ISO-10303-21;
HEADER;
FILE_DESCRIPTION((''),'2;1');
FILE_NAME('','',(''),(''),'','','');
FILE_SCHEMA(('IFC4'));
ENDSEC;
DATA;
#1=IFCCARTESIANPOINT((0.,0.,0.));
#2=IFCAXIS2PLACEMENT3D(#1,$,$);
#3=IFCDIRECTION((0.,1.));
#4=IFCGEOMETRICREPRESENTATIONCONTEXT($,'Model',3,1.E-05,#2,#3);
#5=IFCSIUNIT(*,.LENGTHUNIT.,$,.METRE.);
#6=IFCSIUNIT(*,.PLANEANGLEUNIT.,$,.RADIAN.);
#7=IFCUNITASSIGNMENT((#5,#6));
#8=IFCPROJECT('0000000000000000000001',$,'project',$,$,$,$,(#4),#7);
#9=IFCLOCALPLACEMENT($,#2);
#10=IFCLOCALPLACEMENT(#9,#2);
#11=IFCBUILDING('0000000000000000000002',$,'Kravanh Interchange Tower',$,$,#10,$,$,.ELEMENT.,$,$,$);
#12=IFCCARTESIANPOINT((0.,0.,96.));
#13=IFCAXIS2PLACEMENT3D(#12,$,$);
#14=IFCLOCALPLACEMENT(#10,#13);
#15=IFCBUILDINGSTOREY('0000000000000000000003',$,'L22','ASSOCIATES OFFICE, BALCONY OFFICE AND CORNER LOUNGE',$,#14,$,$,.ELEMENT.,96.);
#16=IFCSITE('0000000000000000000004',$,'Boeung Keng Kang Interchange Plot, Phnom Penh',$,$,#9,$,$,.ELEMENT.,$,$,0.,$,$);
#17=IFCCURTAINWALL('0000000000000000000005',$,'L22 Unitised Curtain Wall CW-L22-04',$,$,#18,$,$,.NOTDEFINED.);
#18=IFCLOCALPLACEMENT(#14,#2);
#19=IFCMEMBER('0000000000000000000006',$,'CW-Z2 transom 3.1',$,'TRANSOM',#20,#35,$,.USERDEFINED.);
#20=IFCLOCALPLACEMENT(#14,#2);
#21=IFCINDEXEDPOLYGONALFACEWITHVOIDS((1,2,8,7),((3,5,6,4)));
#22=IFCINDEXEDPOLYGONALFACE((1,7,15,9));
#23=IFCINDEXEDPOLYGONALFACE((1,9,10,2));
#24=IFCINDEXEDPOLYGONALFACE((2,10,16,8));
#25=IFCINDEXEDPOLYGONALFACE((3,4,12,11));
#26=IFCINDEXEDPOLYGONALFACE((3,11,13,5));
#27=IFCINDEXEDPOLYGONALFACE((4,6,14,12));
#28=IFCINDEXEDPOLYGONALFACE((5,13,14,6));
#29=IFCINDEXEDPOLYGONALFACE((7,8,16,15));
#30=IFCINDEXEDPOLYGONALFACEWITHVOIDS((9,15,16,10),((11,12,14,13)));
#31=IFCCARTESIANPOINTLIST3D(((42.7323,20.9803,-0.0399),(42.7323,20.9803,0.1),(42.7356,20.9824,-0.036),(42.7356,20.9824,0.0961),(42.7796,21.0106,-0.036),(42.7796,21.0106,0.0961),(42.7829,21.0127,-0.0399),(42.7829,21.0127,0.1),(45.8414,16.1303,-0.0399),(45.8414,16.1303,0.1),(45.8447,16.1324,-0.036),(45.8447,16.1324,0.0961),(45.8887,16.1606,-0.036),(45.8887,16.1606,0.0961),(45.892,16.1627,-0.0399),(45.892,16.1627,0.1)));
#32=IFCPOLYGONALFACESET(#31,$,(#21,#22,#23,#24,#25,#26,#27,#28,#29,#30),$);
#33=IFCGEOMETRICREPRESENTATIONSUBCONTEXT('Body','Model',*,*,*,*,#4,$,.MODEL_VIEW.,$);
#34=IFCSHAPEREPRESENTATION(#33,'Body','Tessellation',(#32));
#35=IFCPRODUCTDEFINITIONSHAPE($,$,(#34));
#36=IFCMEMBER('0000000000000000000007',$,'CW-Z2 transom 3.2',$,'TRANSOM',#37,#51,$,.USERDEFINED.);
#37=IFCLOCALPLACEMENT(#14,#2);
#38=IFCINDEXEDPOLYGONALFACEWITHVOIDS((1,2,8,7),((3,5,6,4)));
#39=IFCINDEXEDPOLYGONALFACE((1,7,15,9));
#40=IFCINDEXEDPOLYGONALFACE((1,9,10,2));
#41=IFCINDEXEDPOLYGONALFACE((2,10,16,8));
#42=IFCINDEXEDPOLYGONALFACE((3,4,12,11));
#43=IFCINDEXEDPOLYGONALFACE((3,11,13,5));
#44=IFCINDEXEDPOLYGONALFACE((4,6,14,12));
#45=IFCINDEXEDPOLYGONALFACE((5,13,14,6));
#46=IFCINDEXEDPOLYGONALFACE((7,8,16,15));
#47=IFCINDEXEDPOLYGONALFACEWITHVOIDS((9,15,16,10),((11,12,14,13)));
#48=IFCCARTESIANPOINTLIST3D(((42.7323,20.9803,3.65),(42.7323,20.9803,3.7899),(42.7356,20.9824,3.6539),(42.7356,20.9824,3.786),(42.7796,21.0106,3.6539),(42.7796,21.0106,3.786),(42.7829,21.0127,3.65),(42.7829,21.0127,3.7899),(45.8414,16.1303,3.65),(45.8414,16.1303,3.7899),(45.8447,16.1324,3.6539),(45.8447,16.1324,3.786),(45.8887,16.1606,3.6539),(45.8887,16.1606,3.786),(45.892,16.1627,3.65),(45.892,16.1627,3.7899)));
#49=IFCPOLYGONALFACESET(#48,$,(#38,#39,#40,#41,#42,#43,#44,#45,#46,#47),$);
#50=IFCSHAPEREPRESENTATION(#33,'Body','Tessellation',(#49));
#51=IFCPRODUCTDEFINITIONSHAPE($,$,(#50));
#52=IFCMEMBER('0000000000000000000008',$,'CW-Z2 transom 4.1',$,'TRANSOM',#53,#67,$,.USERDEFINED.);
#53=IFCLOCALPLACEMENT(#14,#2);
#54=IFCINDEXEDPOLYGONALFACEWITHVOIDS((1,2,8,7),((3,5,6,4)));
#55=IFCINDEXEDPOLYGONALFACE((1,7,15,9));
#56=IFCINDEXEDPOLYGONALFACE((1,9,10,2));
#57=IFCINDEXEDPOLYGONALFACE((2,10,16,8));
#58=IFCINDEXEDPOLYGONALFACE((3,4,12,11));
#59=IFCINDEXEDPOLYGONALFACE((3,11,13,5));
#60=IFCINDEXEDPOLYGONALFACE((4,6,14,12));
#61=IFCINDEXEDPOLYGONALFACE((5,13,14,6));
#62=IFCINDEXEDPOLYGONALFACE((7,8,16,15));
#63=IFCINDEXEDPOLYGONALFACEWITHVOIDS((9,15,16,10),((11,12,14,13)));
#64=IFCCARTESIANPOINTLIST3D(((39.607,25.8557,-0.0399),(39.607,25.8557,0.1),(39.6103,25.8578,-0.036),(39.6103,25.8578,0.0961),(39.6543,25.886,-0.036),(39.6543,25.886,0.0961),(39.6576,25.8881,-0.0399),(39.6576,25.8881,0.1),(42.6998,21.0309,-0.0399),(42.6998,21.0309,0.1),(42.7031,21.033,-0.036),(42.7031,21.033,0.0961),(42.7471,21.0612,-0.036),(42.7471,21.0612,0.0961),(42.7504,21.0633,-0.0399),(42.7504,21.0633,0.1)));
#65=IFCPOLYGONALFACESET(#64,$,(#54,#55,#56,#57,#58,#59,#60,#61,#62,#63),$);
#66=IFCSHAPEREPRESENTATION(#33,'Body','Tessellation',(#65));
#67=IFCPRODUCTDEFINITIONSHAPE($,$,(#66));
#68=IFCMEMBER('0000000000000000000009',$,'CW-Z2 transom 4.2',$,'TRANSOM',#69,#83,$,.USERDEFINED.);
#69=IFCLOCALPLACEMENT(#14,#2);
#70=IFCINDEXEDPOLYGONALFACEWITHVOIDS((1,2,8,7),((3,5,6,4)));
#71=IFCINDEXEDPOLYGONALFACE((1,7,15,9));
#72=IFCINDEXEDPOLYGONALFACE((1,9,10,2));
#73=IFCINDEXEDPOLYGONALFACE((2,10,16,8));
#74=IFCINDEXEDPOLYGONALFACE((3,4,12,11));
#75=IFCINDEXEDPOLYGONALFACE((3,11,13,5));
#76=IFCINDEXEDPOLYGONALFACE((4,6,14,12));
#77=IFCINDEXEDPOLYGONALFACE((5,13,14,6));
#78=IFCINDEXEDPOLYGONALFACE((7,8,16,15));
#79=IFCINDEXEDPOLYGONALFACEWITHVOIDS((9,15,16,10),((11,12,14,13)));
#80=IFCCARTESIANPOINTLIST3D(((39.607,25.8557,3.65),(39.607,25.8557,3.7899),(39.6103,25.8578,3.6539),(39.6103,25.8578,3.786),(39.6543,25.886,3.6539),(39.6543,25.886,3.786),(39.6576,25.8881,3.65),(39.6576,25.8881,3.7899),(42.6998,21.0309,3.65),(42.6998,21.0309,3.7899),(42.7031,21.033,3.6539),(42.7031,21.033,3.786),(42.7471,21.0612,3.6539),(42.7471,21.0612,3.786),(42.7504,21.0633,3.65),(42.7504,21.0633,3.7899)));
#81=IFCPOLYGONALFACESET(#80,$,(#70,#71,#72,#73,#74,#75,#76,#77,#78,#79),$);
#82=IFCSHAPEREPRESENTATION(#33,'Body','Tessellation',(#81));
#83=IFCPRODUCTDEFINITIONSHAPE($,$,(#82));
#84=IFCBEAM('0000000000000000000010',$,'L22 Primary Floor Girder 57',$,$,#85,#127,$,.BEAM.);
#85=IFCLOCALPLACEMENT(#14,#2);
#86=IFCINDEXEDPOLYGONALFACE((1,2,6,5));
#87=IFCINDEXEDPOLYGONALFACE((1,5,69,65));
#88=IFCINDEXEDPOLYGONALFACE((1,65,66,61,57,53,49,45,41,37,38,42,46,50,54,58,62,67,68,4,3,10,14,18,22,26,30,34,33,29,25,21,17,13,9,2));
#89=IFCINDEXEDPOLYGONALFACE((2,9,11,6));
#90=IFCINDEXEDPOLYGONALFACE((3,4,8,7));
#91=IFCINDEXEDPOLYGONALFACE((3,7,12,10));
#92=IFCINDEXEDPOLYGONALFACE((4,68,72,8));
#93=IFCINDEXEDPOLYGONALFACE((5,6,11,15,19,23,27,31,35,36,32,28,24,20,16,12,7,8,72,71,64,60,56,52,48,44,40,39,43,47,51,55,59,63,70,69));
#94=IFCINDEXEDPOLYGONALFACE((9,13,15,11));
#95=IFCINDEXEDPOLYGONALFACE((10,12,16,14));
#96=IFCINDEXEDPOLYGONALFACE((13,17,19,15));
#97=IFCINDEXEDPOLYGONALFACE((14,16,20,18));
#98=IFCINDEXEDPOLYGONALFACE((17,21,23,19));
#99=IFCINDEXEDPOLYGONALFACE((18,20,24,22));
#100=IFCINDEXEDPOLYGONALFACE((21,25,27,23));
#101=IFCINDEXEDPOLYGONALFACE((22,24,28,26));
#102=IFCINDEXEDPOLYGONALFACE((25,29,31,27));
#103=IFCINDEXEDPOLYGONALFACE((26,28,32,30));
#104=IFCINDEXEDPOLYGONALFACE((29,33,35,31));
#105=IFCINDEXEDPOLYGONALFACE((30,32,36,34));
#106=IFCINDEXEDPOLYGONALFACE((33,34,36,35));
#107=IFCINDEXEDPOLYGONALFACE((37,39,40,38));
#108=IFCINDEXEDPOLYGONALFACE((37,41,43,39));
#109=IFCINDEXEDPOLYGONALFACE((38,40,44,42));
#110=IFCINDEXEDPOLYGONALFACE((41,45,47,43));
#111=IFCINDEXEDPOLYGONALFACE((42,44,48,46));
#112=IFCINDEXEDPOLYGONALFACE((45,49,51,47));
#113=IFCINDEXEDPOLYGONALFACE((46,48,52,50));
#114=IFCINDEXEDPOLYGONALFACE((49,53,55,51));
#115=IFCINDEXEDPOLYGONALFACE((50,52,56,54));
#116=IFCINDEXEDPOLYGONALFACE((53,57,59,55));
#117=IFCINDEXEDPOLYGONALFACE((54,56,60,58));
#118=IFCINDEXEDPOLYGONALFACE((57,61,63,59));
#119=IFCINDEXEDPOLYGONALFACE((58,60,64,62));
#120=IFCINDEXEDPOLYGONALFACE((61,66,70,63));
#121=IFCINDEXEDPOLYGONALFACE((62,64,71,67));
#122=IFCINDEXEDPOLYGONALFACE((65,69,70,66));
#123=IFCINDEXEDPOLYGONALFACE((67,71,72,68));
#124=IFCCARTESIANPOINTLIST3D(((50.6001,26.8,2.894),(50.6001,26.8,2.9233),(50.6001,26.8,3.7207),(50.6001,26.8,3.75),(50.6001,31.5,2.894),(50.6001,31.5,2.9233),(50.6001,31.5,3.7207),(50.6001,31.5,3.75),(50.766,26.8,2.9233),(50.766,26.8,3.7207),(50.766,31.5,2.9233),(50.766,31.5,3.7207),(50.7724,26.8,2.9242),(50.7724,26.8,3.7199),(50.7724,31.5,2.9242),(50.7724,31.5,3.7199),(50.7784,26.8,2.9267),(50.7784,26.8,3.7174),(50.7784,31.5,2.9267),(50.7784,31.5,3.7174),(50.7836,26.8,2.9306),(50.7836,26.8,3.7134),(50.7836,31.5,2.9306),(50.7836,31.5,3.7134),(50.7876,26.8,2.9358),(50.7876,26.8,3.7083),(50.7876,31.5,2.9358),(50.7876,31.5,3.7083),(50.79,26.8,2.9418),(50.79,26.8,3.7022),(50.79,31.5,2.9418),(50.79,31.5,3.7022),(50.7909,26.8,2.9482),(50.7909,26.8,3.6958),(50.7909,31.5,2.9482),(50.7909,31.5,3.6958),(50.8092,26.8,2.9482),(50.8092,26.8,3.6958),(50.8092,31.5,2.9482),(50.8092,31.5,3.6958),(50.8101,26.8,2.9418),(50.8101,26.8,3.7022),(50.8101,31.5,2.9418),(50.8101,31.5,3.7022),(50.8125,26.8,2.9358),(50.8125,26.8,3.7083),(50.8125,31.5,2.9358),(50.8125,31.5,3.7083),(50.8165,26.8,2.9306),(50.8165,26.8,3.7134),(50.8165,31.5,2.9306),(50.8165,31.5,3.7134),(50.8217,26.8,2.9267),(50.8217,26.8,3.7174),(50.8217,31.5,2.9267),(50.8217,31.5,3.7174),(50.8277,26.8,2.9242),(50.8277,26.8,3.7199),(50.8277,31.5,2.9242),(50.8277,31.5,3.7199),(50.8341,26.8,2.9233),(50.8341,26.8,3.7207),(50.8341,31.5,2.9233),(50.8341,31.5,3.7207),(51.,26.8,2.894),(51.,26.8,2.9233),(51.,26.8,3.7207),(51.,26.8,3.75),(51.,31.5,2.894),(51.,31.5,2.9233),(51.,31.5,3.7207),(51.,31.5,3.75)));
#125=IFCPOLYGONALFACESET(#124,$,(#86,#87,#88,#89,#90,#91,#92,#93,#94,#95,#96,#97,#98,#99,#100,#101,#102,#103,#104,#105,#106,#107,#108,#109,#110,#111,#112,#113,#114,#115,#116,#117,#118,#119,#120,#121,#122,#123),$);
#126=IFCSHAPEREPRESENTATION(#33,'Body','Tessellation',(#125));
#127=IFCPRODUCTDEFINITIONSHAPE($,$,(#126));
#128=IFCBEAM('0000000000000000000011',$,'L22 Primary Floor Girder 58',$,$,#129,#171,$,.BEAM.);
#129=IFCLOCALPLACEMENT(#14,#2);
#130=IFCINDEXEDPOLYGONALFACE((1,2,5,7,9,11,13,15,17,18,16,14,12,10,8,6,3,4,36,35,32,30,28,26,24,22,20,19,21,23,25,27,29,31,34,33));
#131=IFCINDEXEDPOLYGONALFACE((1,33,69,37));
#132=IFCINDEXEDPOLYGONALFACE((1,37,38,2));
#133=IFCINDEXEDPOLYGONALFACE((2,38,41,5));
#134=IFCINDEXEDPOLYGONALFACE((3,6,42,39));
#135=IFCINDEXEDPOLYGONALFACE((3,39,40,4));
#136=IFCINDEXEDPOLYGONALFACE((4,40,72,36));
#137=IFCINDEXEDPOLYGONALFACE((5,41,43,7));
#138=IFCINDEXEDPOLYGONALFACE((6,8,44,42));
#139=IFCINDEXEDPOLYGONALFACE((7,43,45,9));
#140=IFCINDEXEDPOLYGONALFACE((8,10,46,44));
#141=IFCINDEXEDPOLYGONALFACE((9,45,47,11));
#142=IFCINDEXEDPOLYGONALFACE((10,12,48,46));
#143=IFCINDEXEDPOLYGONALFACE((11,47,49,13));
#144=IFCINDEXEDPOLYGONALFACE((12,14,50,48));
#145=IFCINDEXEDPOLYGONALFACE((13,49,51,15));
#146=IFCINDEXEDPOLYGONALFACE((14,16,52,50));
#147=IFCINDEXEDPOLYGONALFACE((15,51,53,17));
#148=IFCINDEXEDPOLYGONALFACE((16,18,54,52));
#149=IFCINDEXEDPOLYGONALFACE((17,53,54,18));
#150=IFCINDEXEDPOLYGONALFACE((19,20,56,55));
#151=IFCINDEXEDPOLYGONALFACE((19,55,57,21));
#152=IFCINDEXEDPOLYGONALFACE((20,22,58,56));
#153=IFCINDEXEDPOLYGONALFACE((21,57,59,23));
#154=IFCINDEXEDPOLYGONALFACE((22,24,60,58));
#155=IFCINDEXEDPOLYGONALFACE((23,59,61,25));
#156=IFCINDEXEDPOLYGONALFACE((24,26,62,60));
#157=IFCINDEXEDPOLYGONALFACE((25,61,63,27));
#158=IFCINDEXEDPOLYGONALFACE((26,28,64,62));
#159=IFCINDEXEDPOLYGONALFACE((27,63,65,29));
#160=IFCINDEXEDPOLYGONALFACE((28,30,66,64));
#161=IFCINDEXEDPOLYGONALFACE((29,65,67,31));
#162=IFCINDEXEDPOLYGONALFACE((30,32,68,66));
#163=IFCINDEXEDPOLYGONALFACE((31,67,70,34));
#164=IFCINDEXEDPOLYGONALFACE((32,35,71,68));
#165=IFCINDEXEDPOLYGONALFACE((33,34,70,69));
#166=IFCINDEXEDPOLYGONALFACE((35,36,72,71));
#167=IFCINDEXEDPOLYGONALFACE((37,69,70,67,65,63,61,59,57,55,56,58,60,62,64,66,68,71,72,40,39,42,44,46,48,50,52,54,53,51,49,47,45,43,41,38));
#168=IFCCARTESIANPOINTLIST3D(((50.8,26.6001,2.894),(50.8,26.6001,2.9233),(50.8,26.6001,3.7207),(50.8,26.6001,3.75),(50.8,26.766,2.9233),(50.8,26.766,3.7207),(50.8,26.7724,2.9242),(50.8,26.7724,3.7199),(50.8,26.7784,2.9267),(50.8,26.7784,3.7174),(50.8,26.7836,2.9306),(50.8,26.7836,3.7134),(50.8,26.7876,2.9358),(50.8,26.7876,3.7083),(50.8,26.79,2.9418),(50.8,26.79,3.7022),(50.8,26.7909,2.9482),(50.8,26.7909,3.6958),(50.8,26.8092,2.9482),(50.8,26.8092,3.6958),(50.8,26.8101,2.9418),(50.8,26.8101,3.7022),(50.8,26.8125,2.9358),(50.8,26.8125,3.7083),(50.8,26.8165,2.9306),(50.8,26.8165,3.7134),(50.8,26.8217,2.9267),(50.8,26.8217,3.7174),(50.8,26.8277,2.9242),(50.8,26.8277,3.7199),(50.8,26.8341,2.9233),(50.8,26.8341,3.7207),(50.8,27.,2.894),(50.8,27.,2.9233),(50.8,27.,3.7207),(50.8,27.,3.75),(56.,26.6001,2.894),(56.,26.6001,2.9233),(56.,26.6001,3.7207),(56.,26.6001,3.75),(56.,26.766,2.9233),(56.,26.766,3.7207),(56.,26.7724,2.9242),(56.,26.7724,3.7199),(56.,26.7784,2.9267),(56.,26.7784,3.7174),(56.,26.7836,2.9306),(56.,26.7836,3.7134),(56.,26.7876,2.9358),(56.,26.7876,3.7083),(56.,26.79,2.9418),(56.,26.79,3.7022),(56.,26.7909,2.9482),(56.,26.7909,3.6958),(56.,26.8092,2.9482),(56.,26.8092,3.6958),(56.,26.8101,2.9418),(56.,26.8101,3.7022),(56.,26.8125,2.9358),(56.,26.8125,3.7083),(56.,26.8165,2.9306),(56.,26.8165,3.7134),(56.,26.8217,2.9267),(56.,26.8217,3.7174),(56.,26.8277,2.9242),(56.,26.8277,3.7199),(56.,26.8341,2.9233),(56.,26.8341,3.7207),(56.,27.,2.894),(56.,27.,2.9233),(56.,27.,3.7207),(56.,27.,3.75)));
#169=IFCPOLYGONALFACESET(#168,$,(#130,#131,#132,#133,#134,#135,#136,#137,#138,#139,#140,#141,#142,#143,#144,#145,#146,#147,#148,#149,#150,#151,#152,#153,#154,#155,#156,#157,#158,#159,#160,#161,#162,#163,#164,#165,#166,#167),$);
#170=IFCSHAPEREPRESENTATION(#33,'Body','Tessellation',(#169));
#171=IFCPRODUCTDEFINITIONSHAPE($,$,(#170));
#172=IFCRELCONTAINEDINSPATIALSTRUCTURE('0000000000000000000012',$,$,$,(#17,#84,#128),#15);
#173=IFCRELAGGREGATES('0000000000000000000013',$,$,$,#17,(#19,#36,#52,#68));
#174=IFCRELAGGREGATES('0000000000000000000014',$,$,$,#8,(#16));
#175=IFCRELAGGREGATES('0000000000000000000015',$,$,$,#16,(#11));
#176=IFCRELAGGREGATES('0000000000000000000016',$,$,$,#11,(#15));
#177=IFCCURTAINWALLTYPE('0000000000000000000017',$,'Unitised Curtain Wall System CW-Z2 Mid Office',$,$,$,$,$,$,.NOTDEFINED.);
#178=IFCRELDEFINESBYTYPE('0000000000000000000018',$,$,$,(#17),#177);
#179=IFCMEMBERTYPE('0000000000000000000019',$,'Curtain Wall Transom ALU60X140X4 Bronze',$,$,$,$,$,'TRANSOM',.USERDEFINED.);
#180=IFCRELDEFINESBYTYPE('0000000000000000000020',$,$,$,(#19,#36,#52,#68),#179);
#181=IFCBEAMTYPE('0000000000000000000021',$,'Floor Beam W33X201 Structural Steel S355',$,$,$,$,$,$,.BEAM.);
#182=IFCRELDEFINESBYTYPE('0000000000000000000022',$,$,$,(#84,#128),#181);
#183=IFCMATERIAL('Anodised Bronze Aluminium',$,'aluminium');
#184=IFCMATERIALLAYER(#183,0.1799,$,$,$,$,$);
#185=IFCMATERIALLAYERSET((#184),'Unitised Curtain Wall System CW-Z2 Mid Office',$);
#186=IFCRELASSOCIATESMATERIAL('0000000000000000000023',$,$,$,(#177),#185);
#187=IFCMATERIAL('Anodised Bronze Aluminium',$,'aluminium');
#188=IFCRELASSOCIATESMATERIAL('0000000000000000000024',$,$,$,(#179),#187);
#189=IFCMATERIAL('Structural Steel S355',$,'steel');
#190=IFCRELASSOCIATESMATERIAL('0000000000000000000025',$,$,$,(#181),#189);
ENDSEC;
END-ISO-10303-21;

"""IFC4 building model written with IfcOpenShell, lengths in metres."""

from ifc_helpers import new_model, si_unit, direction, frame, origin, origin_2d, place, context, subcontext, project, spatial, hollow_rectangle, i_section, extrude, material, layer, layer_set, material_profile, profile_set, type_object, element, aggregate, save


model = new_model("IFC4")

# Units and contexts
model_context = context("Model", 3, precision=1e-05, world=origin(), true_north=direction((0.0, 1.0)))
body_context = subcontext(model_context, "Body", "Model", "MODEL_VIEW")
ifc_project = project(units=[si_unit("LENGTHUNIT", "METRE"), si_unit("PLANEANGLEUNIT", "RADIAN")], contexts=[model_context])

# Site, building, storey
site_placement = place(None, origin())
site = spatial("IfcSite", under=ifc_project, at=site_placement, Name="Boeung Keng Kang Interchange Plot, Phnom Penh", CompositionType="ELEMENT", RefElevation=0.0)
building_placement = place(site_placement, origin())
building = spatial("IfcBuilding", under=site, at=building_placement, Name="Kravanh Interchange Tower", CompositionType="ELEMENT")
storey_placement = place(building_placement, frame((0.0, 0.0, 96.0)))
storey = spatial("IfcBuildingStorey", under=building, at=storey_placement, Name="L22", Description="ASSOCIATES OFFICE, BALCONY OFFICE AND CORNER LOUNGE", CompositionType="ELEMENT", Elevation=96.0)

# Curtain wall
ifc_material_1 = material(Name="Anodised Bronze Aluminium", Category="aluminium")
ifc_layer_1 = layer(ifc_material_1, 0.1799)
ifc_layer_set_1 = layer_set([ifc_layer_1], Name="Unitised Curtain Wall System CW-Z2 Mid Office")
curtain_wall_type = type_object("IfcCurtainWallType", Name="Unitised Curtain Wall System CW-Z2 Mid Office", PredefinedType="NOTDEFINED", material=ifc_layer_set_1)
curtain_wall_1_placement = place(storey_placement, origin())
curtain_wall_1 = element("IfcCurtainWall", 1, at=curtain_wall_1_placement, inside=storey, type_object=curtain_wall_type, Name="L22 Unitised Curtain Wall CW-L22-04", PredefinedType="NOTDEFINED")

# Members
ifc_material_2 = material(Name="Anodised Bronze Aluminium", Category="aluminium")
ifc_material_profile_1 = material_profile(ifc_material_2, hollow_rectangle(XDim=0.0601, YDim=0.1399, WallThickness=0.0039, at=origin_2d()), Name="ALU60X140X4")
ifc_profile_set_1 = profile_set([ifc_material_profile_1], Name="Anodised Bronze Aluminium")
member_type_1 = type_object("IfcMemberType", Name="Curtain Wall Transom ALU60X140X4 Bronze", ElementType="TRANSOM", PredefinedType="USERDEFINED", material=ifc_profile_set_1)
member_1_placement = place(storey_placement, frame((45.8667, 16.1465, 0.03), z_axis=(-0.539678, 0.841872, 0.0), x_axis=(-0.841872, -0.539678, 0.0)))
member_1 = element("IfcMember", 2, at=member_1_placement, type_object=member_type_1, Name="CW-Z2 transom 3.1", ObjectType="TRANSOM", PredefinedType="USERDEFINED", context=body_context, shape_type="SweptSolid", body=[
    extrude(hollow_rectangle(XDim=0.0601, YDim=0.1399, WallThickness=0.0039, at=origin_2d()), origin(), (0.0, 0.0, 1.0), 5.761),
])
member_2_placement = place(storey_placement, frame((45.8667, 16.1465, 3.72), z_axis=(-0.539678, 0.841872, 0.0), x_axis=(-0.841872, -0.539678, 0.0)))
member_2 = element("IfcMember", 3, at=member_2_placement, type_object=member_type_1, Name="CW-Z2 transom 3.2", ObjectType="TRANSOM", PredefinedType="USERDEFINED", context=body_context, shape_type="SweptSolid", body=[
    extrude(hollow_rectangle(XDim=0.0601, YDim=0.1399, WallThickness=0.0039, at=origin_2d()), origin(), (0.0, 0.0, 1.0), 5.761),
])
member_3_placement = place(storey_placement, frame((42.7251, 21.0471, 0.03), z_axis=(-0.539668, 0.841878, 0.0), x_axis=(-0.841878, -0.539668, 0.0)))
member_3 = element("IfcMember", 4, at=member_3_placement, type_object=member_type_1, Name="CW-Z2 transom 4.1", ObjectType="TRANSOM", PredefinedType="USERDEFINED", context=body_context, shape_type="SweptSolid", body=[
    extrude(hollow_rectangle(XDim=0.0601, YDim=0.1399, WallThickness=0.0039, at=origin_2d()), origin(), (0.0, 0.0, 1.0), 5.731),
])
member_4_placement = place(storey_placement, frame((42.7251, 21.0471, 3.72), z_axis=(-0.539668, 0.841878, 0.0), x_axis=(-0.841878, -0.539668, 0.0)))
member_4 = element("IfcMember", 5, at=member_4_placement, type_object=member_type_1, Name="CW-Z2 transom 4.2", ObjectType="TRANSOM", PredefinedType="USERDEFINED", context=body_context, shape_type="SweptSolid", body=[
    extrude(hollow_rectangle(XDim=0.0601, YDim=0.1399, WallThickness=0.0039, at=origin_2d()), origin(), (0.0, 0.0, 1.0), 5.731),
])

# Beams
ifc_material_3 = material(Name="Structural Steel S355", Category="steel")
ifc_material_profile_2 = material_profile(ifc_material_3, i_section(OverallWidth=0.3999, OverallDepth=0.856, WebThickness=0.0183, FlangeThickness=0.0293, FilletRadius=0.0249, at=origin_2d()), Name="W33X201")
ifc_profile_set_2 = profile_set([ifc_material_profile_2], Name="Structural Steel S355")
beam_type_1 = type_object("IfcBeamType", Name="Floor Beam W33X201 Structural Steel S355", PredefinedType="BEAM", material=ifc_profile_set_2)
beam_1_placement = place(storey_placement, frame((50.8, 26.8, 3.322), z_axis=(0.0, 1.0, 0.0), x_axis=(-1.0, 0.0, 0.0)))
element("IfcBeam", 6, at=beam_1_placement, inside=storey, type_object=beam_type_1, Name="L22 Primary Floor Girder 57", PredefinedType="BEAM", context=body_context, shape_type="SweptSolid", body=[
    extrude(i_section(OverallWidth=0.3999, OverallDepth=0.856, WebThickness=0.0183, FlangeThickness=0.0293, FilletRadius=0.0249, at=origin_2d()), origin(), (0.0, 0.0, 1.0), 4.7),
])
beam_2_placement = place(storey_placement, frame((50.8, 26.8, 3.322), z_axis=(1.0, 0.0, 0.0), x_axis=(0.0, 1.0, 0.0)))
element("IfcBeam", 7, at=beam_2_placement, inside=storey, type_object=beam_type_1, Name="L22 Primary Floor Girder 58", PredefinedType="BEAM", context=body_context, shape_type="SweptSolid", body=[
    extrude(i_section(OverallWidth=0.3999, OverallDepth=0.856, WebThickness=0.0183, FlangeThickness=0.0293, FilletRadius=0.0249, at=origin_2d()), origin(), (0.0, 0.0, 1.0), 5.2),
])

aggregate(curtain_wall_1, [member_1, member_2, member_3, member_4])

save(model, "model.ifc")
